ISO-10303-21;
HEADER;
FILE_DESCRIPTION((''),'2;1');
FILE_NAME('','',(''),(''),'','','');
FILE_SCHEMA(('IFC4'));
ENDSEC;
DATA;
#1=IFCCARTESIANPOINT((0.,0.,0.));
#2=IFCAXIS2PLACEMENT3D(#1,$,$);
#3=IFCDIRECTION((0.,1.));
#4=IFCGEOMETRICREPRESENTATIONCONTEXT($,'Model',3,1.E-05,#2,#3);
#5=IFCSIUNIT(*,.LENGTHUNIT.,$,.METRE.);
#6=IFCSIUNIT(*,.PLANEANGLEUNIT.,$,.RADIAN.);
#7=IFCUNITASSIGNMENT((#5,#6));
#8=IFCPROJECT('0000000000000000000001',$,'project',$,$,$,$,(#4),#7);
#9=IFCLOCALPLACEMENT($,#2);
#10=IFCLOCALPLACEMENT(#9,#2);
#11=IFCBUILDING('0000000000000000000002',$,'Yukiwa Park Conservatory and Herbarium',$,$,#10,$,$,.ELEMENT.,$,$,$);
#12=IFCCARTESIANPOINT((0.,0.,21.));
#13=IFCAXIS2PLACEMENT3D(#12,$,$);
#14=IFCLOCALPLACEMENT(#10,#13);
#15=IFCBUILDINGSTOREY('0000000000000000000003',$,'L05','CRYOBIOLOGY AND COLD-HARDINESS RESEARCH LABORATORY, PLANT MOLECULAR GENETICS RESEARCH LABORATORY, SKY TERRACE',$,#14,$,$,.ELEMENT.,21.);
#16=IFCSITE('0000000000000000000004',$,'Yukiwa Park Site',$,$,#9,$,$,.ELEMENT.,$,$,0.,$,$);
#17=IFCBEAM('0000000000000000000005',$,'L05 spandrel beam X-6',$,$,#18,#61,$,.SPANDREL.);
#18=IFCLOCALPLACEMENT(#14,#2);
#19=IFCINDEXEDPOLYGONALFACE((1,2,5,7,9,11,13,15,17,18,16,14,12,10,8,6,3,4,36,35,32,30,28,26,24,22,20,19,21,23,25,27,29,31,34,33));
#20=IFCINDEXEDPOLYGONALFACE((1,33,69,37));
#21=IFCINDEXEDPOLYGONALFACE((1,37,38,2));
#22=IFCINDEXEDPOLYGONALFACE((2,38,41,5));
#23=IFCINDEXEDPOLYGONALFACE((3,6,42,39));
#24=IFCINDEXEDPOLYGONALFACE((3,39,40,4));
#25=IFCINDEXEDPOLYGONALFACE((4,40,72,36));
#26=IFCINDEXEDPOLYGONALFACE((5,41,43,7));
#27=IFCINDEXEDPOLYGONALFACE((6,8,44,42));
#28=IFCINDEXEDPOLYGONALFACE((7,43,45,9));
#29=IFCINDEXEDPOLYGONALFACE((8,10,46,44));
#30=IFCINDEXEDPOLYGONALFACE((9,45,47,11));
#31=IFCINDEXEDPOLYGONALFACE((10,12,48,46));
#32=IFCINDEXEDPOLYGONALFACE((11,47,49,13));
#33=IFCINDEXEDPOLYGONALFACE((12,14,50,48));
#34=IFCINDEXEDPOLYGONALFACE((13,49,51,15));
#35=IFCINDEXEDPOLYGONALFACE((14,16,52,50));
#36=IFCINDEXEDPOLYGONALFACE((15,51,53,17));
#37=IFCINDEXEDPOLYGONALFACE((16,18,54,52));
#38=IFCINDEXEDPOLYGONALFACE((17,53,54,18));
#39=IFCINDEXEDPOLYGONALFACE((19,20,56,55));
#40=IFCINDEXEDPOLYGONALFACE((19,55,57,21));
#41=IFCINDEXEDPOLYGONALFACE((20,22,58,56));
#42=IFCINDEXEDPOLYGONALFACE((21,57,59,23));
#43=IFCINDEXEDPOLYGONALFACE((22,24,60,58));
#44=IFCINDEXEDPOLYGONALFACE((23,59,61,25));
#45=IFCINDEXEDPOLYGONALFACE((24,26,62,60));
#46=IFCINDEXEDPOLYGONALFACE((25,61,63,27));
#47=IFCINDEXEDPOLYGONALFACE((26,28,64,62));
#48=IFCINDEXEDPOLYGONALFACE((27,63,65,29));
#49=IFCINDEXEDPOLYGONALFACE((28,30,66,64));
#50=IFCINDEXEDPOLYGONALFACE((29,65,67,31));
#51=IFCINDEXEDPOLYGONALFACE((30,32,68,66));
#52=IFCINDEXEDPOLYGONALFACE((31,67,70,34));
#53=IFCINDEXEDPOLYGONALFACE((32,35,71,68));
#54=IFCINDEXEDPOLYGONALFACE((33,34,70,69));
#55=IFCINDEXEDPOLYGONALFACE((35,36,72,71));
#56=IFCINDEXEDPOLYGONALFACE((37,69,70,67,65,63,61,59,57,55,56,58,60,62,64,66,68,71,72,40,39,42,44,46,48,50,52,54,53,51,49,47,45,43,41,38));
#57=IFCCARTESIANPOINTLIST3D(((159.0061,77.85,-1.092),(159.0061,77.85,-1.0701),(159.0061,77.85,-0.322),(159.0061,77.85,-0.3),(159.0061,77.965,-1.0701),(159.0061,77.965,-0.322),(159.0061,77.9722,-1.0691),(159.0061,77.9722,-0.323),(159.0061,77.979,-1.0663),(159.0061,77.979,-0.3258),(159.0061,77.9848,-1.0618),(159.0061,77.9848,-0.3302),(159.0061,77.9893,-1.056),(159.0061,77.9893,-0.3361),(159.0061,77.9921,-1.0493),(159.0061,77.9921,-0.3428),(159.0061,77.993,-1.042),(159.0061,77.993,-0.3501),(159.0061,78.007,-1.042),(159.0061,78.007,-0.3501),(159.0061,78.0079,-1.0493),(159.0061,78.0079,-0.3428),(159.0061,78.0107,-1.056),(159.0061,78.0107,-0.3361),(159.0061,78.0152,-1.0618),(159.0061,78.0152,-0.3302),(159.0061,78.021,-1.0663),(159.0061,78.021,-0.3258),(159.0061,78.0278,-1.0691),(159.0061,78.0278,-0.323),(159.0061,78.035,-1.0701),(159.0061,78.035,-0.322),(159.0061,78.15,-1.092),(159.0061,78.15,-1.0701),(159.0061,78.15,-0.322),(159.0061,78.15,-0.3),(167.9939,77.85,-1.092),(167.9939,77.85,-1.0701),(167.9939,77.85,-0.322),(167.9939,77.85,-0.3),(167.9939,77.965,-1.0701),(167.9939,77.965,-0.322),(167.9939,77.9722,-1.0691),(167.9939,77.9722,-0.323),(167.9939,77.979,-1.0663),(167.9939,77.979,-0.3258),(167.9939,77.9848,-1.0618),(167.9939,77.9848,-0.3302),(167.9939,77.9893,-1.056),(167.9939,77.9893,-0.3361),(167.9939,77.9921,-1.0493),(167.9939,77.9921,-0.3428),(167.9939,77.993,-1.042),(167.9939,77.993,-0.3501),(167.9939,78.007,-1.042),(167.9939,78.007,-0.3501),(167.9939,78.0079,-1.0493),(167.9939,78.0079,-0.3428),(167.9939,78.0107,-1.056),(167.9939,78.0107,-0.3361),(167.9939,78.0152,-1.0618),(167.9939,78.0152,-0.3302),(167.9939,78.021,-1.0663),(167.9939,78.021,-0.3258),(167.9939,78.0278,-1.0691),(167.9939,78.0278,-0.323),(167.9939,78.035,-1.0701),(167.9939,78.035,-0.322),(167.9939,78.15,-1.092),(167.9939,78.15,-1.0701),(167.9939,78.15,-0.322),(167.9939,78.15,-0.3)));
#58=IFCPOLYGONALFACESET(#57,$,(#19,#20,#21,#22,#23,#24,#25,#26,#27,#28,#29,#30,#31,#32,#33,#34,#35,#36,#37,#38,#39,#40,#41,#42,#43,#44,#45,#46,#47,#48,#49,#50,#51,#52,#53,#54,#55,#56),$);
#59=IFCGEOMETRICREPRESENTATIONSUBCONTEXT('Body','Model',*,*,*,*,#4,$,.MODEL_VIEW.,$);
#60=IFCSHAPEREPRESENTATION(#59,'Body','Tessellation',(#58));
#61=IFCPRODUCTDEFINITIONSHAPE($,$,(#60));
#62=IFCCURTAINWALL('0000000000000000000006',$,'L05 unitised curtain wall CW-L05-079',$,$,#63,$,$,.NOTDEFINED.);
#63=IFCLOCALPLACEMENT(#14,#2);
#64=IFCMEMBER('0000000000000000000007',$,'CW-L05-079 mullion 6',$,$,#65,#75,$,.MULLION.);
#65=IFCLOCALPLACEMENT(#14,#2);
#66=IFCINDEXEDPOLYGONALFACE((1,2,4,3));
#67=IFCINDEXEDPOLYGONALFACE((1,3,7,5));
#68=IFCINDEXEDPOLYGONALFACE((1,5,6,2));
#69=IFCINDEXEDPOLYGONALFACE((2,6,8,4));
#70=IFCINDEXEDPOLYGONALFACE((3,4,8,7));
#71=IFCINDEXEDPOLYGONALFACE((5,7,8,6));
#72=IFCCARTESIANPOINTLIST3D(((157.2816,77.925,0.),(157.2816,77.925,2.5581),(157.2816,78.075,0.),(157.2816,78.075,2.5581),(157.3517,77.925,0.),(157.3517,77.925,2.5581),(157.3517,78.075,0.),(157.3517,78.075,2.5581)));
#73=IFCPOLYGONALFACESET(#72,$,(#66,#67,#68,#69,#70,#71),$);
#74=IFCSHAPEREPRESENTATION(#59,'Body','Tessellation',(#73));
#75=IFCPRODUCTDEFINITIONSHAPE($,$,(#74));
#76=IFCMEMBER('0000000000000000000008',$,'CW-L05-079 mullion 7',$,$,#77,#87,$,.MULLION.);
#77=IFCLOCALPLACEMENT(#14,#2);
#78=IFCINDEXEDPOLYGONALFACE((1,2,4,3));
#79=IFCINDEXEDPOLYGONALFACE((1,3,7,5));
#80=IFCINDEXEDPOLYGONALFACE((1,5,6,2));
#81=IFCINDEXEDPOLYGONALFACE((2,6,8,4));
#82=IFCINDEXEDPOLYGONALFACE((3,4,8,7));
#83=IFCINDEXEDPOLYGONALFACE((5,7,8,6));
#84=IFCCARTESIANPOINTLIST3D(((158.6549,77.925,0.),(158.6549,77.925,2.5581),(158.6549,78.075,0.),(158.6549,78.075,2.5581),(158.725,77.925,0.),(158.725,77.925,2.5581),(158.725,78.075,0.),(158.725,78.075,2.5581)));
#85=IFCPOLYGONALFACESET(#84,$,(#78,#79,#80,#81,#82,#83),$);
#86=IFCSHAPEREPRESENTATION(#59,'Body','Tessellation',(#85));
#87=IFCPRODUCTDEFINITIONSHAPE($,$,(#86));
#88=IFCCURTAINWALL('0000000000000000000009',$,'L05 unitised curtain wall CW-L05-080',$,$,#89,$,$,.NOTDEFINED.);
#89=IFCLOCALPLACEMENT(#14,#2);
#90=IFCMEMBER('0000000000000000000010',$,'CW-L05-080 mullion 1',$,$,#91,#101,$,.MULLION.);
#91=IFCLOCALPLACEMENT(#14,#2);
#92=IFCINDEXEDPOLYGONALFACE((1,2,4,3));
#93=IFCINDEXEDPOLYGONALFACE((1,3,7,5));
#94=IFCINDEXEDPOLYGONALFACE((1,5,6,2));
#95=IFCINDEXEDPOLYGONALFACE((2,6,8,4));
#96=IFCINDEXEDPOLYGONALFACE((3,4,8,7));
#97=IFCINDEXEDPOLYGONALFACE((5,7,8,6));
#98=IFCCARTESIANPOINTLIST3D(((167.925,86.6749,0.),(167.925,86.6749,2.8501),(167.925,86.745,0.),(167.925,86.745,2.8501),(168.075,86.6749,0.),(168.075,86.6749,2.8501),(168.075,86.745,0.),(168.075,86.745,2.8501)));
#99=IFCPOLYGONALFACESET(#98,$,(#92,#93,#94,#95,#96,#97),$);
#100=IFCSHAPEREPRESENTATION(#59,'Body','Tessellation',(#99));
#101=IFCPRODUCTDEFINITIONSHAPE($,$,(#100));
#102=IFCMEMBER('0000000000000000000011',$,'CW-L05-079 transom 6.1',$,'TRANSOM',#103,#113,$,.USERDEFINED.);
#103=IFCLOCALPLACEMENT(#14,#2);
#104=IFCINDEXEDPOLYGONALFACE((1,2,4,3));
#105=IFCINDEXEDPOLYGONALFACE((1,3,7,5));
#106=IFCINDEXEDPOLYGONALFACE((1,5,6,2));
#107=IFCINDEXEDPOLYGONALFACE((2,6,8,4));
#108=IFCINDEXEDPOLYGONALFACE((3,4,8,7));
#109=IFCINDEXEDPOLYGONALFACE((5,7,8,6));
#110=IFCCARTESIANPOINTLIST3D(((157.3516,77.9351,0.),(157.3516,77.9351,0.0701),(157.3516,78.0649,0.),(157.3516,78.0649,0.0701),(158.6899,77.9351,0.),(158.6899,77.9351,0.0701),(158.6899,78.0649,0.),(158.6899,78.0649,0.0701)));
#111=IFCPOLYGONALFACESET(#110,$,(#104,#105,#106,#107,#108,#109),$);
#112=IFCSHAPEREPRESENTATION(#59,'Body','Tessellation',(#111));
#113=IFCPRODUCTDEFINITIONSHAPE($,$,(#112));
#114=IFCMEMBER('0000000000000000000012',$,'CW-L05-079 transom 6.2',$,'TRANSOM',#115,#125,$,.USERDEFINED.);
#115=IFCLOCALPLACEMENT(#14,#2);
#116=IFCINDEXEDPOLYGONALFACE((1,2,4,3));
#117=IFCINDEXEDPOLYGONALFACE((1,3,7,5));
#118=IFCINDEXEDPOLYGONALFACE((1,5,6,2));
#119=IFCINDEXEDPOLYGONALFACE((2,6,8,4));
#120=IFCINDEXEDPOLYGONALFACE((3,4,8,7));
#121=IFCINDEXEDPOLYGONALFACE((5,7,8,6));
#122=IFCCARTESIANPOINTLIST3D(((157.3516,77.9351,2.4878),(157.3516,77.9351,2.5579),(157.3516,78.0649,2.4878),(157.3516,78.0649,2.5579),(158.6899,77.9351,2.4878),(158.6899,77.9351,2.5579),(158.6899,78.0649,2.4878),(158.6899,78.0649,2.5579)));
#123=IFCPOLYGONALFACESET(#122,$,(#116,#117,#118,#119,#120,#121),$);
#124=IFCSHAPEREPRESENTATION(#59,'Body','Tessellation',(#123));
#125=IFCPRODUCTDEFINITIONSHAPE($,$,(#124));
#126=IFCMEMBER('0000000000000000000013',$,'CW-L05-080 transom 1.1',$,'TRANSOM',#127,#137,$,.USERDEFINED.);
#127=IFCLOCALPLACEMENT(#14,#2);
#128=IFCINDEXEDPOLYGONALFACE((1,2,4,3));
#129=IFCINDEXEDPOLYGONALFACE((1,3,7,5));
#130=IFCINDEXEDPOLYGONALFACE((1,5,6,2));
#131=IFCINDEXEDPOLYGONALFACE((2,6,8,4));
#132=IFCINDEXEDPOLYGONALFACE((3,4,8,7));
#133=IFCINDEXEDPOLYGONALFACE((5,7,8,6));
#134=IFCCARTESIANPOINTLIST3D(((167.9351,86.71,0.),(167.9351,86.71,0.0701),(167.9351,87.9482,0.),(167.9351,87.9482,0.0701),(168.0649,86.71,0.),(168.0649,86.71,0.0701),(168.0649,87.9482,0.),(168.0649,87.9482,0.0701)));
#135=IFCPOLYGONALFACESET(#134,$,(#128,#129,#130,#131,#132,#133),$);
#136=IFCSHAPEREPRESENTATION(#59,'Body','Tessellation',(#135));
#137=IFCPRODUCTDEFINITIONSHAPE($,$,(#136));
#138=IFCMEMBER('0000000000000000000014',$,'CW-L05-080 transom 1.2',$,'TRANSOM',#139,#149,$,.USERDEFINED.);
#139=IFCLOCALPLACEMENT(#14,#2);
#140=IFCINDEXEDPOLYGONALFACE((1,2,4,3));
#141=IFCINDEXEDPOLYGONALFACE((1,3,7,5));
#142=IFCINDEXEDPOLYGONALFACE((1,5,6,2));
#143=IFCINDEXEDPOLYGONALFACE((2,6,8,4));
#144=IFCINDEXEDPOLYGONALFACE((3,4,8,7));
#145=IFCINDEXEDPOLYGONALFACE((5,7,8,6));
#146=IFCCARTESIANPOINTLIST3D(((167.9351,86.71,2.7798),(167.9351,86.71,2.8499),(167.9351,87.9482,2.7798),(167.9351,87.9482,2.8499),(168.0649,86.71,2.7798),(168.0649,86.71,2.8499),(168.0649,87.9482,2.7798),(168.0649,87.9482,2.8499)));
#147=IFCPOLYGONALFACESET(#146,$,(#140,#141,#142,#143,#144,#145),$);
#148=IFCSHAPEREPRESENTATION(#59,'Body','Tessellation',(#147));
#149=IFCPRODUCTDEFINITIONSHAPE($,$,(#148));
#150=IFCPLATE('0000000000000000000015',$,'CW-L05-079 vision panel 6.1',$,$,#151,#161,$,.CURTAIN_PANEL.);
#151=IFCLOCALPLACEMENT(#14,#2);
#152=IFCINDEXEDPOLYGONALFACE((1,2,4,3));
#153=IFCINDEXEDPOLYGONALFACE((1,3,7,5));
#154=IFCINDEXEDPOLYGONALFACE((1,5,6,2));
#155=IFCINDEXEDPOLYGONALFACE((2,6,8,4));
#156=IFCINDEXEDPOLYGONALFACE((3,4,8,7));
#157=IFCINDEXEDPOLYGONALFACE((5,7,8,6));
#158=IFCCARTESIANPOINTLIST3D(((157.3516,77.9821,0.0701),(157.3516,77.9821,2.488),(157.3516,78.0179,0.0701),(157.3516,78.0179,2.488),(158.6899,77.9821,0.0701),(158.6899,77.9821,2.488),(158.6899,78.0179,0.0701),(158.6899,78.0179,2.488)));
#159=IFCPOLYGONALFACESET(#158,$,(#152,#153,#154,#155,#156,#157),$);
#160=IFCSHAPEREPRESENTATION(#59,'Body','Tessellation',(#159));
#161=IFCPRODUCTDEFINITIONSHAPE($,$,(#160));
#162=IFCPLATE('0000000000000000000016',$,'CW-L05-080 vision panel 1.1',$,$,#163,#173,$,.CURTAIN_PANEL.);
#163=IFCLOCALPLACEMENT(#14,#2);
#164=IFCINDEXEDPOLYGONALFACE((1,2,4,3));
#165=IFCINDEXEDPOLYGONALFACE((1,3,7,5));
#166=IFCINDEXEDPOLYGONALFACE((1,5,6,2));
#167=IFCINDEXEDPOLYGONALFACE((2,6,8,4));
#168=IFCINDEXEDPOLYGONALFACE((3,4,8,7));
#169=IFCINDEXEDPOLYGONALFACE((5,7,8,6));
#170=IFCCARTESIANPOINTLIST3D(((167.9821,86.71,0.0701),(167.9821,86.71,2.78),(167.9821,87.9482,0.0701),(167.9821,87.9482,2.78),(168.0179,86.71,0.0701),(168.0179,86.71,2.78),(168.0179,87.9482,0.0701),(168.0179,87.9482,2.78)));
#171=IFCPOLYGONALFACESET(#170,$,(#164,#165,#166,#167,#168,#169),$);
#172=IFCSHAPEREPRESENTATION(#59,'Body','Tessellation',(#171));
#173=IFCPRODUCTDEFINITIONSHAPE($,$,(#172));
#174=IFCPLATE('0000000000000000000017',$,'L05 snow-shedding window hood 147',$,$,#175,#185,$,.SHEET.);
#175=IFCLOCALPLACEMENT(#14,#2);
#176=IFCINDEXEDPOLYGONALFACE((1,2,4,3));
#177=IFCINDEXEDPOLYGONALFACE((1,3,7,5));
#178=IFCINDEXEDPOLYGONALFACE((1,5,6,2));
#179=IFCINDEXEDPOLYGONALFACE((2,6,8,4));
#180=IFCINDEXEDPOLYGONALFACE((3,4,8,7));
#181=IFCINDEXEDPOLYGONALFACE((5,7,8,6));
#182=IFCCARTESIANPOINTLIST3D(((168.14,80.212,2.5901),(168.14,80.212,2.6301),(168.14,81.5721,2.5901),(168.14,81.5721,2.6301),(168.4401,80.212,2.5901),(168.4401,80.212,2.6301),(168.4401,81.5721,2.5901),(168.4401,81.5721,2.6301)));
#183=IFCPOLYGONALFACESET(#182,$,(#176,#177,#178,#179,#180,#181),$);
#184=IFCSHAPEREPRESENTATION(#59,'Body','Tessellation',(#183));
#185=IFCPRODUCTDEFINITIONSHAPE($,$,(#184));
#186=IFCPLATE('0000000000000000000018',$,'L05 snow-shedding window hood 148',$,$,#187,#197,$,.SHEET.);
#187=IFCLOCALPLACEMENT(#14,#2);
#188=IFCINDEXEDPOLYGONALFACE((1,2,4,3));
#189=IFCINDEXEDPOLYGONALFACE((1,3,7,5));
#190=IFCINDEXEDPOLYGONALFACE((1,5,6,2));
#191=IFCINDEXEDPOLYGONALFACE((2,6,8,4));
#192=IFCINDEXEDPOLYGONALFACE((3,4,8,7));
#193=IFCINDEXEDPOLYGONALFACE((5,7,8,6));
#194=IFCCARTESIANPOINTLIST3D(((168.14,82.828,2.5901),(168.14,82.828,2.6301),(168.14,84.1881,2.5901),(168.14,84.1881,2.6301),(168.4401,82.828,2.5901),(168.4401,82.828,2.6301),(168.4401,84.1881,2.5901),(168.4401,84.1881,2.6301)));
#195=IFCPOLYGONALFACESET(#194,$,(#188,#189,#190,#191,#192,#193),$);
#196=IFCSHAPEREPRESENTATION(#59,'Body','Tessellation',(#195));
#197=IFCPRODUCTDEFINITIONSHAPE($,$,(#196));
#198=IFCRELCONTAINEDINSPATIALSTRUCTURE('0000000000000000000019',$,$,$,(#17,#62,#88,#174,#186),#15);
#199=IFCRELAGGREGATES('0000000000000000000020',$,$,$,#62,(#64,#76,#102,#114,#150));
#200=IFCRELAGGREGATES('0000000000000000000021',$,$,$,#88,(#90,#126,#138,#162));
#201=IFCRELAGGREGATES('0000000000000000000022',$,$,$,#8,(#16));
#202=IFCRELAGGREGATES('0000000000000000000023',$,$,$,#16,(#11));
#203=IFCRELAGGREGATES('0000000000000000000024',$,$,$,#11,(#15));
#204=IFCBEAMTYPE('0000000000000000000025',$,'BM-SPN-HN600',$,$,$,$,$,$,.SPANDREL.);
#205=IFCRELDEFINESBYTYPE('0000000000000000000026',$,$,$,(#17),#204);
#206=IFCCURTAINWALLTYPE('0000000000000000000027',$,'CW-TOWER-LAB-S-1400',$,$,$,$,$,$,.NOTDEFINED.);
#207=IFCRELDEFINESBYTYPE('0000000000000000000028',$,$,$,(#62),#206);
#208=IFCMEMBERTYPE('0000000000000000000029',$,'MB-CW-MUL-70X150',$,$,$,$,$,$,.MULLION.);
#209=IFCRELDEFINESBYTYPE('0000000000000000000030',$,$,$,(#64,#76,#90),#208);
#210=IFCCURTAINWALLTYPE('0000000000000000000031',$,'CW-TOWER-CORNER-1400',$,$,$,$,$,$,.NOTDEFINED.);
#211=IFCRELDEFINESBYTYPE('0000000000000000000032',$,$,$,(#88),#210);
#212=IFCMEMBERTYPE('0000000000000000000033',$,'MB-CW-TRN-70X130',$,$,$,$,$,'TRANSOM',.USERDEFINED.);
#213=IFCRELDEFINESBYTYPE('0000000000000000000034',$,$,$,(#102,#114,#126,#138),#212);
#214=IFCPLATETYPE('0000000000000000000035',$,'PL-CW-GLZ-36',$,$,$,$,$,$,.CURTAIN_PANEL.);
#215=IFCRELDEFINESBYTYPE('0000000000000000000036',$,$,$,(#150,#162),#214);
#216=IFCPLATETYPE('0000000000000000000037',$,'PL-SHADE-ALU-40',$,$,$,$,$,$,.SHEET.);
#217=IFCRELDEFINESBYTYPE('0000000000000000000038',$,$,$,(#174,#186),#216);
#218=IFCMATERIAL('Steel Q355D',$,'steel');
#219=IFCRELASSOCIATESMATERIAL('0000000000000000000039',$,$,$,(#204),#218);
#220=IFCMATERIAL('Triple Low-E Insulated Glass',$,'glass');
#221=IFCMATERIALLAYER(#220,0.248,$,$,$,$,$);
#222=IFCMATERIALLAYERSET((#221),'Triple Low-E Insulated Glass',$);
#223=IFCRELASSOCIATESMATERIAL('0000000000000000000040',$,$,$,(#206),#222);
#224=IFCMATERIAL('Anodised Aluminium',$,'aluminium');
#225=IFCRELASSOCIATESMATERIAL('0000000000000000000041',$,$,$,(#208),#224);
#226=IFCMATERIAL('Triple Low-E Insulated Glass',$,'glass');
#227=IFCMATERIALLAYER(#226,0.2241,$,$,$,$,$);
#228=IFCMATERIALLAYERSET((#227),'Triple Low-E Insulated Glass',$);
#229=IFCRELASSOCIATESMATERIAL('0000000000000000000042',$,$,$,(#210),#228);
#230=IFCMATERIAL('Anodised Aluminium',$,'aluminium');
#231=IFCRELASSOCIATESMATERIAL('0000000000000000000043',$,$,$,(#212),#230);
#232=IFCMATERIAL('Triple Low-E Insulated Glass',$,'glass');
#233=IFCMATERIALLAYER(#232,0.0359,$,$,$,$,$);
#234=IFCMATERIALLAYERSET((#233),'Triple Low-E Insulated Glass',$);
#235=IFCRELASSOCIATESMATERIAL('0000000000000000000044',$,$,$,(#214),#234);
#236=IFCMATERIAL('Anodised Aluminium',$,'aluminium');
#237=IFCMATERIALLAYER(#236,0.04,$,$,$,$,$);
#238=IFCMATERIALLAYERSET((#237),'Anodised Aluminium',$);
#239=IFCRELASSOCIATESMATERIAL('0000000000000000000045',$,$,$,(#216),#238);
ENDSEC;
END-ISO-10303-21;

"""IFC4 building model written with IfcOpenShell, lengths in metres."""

from ifc_helpers import new_model, si_unit, direction, frame, origin, origin_2d, place, context, subcontext, project, spatial, rectangle, i_section, extrude, material, layer, layer_set, material_profile, profile_set, type_object, element, aggregate, save


model = new_model("IFC4")

# Units and contexts
model_context = context("Model", 3, precision=1e-05, world=origin(), true_north=direction((0.0, 1.0)))
body_context = subcontext(model_context, "Body", "Model", "MODEL_VIEW")
ifc_project = project(units=[si_unit("LENGTHUNIT", "METRE"), si_unit("PLANEANGLEUNIT", "RADIAN")], contexts=[model_context])

# Site, building, storey
site_placement = place(None, origin())
site = spatial("IfcSite", under=ifc_project, at=site_placement, Name="Yukiwa Park Site", CompositionType="ELEMENT", RefElevation=0.0)
building_placement = place(site_placement, origin())
building = spatial("IfcBuilding", under=site, at=building_placement, Name="Yukiwa Park Conservatory and Herbarium", CompositionType="ELEMENT")
storey_placement = place(building_placement, frame((0.0, 0.0, 21.0)))
storey = spatial("IfcBuildingStorey", under=building, at=storey_placement, Name="L05", Description="CRYOBIOLOGY AND COLD-HARDINESS RESEARCH LABORATORY, PLANT MOLECULAR GENETICS RESEARCH LABORATORY, SKY TERRACE", CompositionType="ELEMENT", Elevation=21.0)

# Beam
ifc_material_1 = material(Name="Steel Q355D", Category="steel")
ifc_material_profile_1 = material_profile(ifc_material_1, i_section(OverallWidth=0.3, OverallDepth=0.792, WebThickness=0.0139, FlangeThickness=0.022, FilletRadius=0.0281, at=origin_2d()), Name="HN 792x300x14x22")
ifc_profile_set_1 = profile_set([ifc_material_profile_1], Name="Steel Q355D")
beam_type_1 = type_object("IfcBeamType", Name="BM-SPN-HN600", PredefinedType="SPANDREL", material=ifc_profile_set_1)
beam_1_placement = place(storey_placement, frame((159.0061, 78.0, -0.696), z_axis=(1.0, 0.0, 0.0), x_axis=(0.0, 1.0, 0.0)))
element("IfcBeam", 1, at=beam_1_placement, inside=storey, type_object=beam_type_1, Name="L05 spandrel beam X-6", PredefinedType="SPANDREL", context=body_context, shape_type="SweptSolid", body=[
    extrude(i_section(OverallWidth=0.3, OverallDepth=0.792, WebThickness=0.0139, FlangeThickness=0.022, FilletRadius=0.0281, at=origin_2d()), origin(), (0.0, 0.0, 1.0), 8.9878),
])

# Curtain wall, members
ifc_material_2 = material(Name="Triple Low-E Insulated Glass", Category="glass")
ifc_layer_1 = layer(ifc_material_2, 0.248)
ifc_layer_set_1 = layer_set([ifc_layer_1], Name="Triple Low-E Insulated Glass")
curtain_wall_type_1 = type_object("IfcCurtainWallType", Name="CW-TOWER-LAB-S-1400", PredefinedType="NOTDEFINED", material=ifc_layer_set_1)
curtain_wall_1_placement = place(storey_placement, origin())
curtain_wall_1 = element("IfcCurtainWall", 2, at=curtain_wall_1_placement, inside=storey, type_object=curtain_wall_type_1, Name="L05 unitised curtain wall CW-L05-079", PredefinedType="NOTDEFINED")
ifc_material_3 = material(Name="Anodised Aluminium", Category="aluminium")
member_type_1 = type_object("IfcMemberType", Name="MB-CW-MUL-70X150", PredefinedType="MULLION", material=ifc_material_3)
member_1_placement = place(storey_placement, frame((157.3167, 78.0, 0.0), z_axis=(0.0, 0.0, 1.0), x_axis=(1.0, 0.0, 0.0)))
member_1 = element("IfcMember", 3, at=member_1_placement, type_object=member_type_1, Name="CW-L05-079 mullion 6", PredefinedType="MULLION", context=body_context, shape_type="SweptSolid", body=[
    extrude(rectangle(XDim=0.0701, YDim=0.1499, at=origin_2d()), origin(), (0.0, 0.0, 1.0), 2.5581),
])
member_2_placement = place(storey_placement, frame((158.6899, 78.0, 0.0), z_axis=(0.0, 0.0, 1.0), x_axis=(1.0, 0.0, 0.0)))
member_2 = element("IfcMember", 4, at=member_2_placement, type_object=member_type_1, Name="CW-L05-079 mullion 7", PredefinedType="MULLION", context=body_context, shape_type="SweptSolid", body=[
    extrude(rectangle(XDim=0.0701, YDim=0.1499, at=origin_2d()), origin(), (0.0, 0.0, 1.0), 2.5581),
])

# Curtain wall, member
ifc_material_4 = material(Name="Triple Low-E Insulated Glass", Category="glass")
ifc_layer_2 = layer(ifc_material_4, 0.2241)
ifc_layer_set_2 = layer_set([ifc_layer_2], Name="Triple Low-E Insulated Glass")
curtain_wall_type_2 = type_object("IfcCurtainWallType", Name="CW-TOWER-CORNER-1400", PredefinedType="NOTDEFINED", material=ifc_layer_set_2)
curtain_wall_2_placement = place(storey_placement, origin())
curtain_wall_2 = element("IfcCurtainWall", 5, at=curtain_wall_2_placement, inside=storey, type_object=curtain_wall_type_2, Name="L05 unitised curtain wall CW-L05-080", PredefinedType="NOTDEFINED")
member_3_placement = place(storey_placement, frame((168.0, 86.71, 0.0), z_axis=(0.0, 0.0, 1.0), x_axis=(0.0, 1.0, 0.0)))
member_3 = element("IfcMember", 6, at=member_3_placement, type_object=member_type_1, Name="CW-L05-080 mullion 1", PredefinedType="MULLION", context=body_context, shape_type="SweptSolid", body=[
    extrude(rectangle(XDim=0.0701, YDim=0.1499, at=origin_2d()), origin(), (0.0, 0.0, 1.0), 2.8501),
])

# Members
ifc_material_5 = material(Name="Anodised Aluminium", Category="aluminium")
member_type_2 = type_object("IfcMemberType", Name="MB-CW-TRN-70X130", ElementType="TRANSOM", PredefinedType="USERDEFINED", material=ifc_material_5)
member_4_placement = place(storey_placement, frame((158.0208, 78.0, 0.0), z_axis=(0.0, 0.0, 1.0), x_axis=(1.0, 0.0, 0.0)))
member_4 = element("IfcMember", 7, at=member_4_placement, type_object=member_type_2, Name="CW-L05-079 transom 6.1", ObjectType="TRANSOM", PredefinedType="USERDEFINED", context=body_context, shape_type="SweptSolid", body=[
    extrude(rectangle(XDim=1.3384, YDim=0.1299, at=origin_2d()), origin(), (0.0, 0.0, 1.0), 0.0701),
])
member_5_placement = place(storey_placement, frame((158.0208, 78.0, 2.4878), z_axis=(0.0, 0.0, 1.0), x_axis=(1.0, 0.0, 0.0)))
member_5 = element("IfcMember", 8, at=member_5_placement, type_object=member_type_2, Name="CW-L05-079 transom 6.2", ObjectType="TRANSOM", PredefinedType="USERDEFINED", context=body_context, shape_type="SweptSolid", body=[
    extrude(rectangle(XDim=1.3384, YDim=0.1299, at=origin_2d()), origin(), (0.0, 0.0, 1.0), 0.0701),
])
member_6_placement = place(storey_placement, frame((168.0, 87.3291, 0.0), z_axis=(0.0, 0.0, 1.0), x_axis=(0.0, 1.0, 0.0)))
member_6 = element("IfcMember", 9, at=member_6_placement, type_object=member_type_2, Name="CW-L05-080 transom 1.1", ObjectType="TRANSOM", PredefinedType="USERDEFINED", context=body_context, shape_type="SweptSolid", body=[
    extrude(rectangle(XDim=1.2383, YDim=0.1299, at=origin_2d()), origin(), (0.0, 0.0, 1.0), 0.0701),
])
member_7_placement = place(storey_placement, frame((168.0, 87.3291, 2.7798), z_axis=(0.0, 0.0, 1.0), x_axis=(0.0, 1.0, 0.0)))
member_7 = element("IfcMember", 10, at=member_7_placement, type_object=member_type_2, Name="CW-L05-080 transom 1.2", ObjectType="TRANSOM", PredefinedType="USERDEFINED", context=body_context, shape_type="SweptSolid", body=[
    extrude(rectangle(XDim=1.2383, YDim=0.1299, at=origin_2d()), origin(), (0.0, 0.0, 1.0), 0.0701),
])

# Plates
ifc_material_6 = material(Name="Triple Low-E Insulated Glass", Category="glass")
ifc_layer_3 = layer(ifc_material_6, 0.0359)
ifc_layer_set_3 = layer_set([ifc_layer_3], Name="Triple Low-E Insulated Glass")
plate_type_1 = type_object("IfcPlateType", Name="PL-CW-GLZ-36", PredefinedType="CURTAIN_PANEL", material=ifc_layer_set_3)
plate_1_placement = place(storey_placement, frame((158.0208, 78.0, 0.0701), z_axis=(0.0, 0.0, 1.0), x_axis=(1.0, 0.0, 0.0)))
plate_1 = element("IfcPlate", 11, at=plate_1_placement, type_object=plate_type_1, Name="CW-L05-079 vision panel 6.1", PredefinedType="CURTAIN_PANEL", context=body_context, shape_type="SweptSolid", body=[
    extrude(rectangle(XDim=1.3384, YDim=0.0359, at=origin_2d()), origin(), (0.0, 0.0, 1.0), 2.418),
])
aggregate(curtain_wall_1, [member_1, member_2, member_4, member_5, plate_1])
plate_2_placement = place(storey_placement, frame((168.0, 87.3291, 0.0701), z_axis=(0.0, 0.0, 1.0), x_axis=(0.0, 1.0, 0.0)))
plate_2 = element("IfcPlate", 12, at=plate_2_placement, type_object=plate_type_1, Name="CW-L05-080 vision panel 1.1", PredefinedType="CURTAIN_PANEL", context=body_context, shape_type="SweptSolid", body=[
    extrude(rectangle(XDim=1.2383, YDim=0.0359, at=origin_2d()), origin(), (0.0, 0.0, 1.0), 2.71),
])
aggregate(curtain_wall_2, [member_3, member_6, member_7, plate_2])

# Plates
ifc_material_7 = material(Name="Anodised Aluminium", Category="aluminium")
ifc_layer_4 = layer(ifc_material_7, 0.04)
ifc_layer_set_4 = layer_set([ifc_layer_4], Name="Anodised Aluminium")
plate_type_2 = type_object("IfcPlateType", Name="PL-SHADE-ALU-40", PredefinedType="SHEET", material=ifc_layer_set_4)
for number, where, z_axis, x_axis, name in (
    (13, (168.29, 80.8921, 2.5901), (0.0, 0.0, 1.0), (0.0, 1.0, 0.0), "L05 snow-shedding window hood 147"),
    (14, (168.29, 83.5081, 2.5901), (0.0, 0.0, 1.0), (0.0, 1.0, 0.0), "L05 snow-shedding window hood 148"),
):
    element("IfcPlate", number, at=place(storey_placement, frame(where, z_axis=z_axis, x_axis=x_axis)), inside=storey, type_object=plate_type_2, Name=name, PredefinedType="SHEET", context=body_context, shape_type="SweptSolid", body=[
        extrude(rectangle(XDim=1.3601, YDim=0.3, at=origin_2d()), origin(), (0.0, 0.0, 1.0), 0.04),
    ])

save(model, "model.ifc")
